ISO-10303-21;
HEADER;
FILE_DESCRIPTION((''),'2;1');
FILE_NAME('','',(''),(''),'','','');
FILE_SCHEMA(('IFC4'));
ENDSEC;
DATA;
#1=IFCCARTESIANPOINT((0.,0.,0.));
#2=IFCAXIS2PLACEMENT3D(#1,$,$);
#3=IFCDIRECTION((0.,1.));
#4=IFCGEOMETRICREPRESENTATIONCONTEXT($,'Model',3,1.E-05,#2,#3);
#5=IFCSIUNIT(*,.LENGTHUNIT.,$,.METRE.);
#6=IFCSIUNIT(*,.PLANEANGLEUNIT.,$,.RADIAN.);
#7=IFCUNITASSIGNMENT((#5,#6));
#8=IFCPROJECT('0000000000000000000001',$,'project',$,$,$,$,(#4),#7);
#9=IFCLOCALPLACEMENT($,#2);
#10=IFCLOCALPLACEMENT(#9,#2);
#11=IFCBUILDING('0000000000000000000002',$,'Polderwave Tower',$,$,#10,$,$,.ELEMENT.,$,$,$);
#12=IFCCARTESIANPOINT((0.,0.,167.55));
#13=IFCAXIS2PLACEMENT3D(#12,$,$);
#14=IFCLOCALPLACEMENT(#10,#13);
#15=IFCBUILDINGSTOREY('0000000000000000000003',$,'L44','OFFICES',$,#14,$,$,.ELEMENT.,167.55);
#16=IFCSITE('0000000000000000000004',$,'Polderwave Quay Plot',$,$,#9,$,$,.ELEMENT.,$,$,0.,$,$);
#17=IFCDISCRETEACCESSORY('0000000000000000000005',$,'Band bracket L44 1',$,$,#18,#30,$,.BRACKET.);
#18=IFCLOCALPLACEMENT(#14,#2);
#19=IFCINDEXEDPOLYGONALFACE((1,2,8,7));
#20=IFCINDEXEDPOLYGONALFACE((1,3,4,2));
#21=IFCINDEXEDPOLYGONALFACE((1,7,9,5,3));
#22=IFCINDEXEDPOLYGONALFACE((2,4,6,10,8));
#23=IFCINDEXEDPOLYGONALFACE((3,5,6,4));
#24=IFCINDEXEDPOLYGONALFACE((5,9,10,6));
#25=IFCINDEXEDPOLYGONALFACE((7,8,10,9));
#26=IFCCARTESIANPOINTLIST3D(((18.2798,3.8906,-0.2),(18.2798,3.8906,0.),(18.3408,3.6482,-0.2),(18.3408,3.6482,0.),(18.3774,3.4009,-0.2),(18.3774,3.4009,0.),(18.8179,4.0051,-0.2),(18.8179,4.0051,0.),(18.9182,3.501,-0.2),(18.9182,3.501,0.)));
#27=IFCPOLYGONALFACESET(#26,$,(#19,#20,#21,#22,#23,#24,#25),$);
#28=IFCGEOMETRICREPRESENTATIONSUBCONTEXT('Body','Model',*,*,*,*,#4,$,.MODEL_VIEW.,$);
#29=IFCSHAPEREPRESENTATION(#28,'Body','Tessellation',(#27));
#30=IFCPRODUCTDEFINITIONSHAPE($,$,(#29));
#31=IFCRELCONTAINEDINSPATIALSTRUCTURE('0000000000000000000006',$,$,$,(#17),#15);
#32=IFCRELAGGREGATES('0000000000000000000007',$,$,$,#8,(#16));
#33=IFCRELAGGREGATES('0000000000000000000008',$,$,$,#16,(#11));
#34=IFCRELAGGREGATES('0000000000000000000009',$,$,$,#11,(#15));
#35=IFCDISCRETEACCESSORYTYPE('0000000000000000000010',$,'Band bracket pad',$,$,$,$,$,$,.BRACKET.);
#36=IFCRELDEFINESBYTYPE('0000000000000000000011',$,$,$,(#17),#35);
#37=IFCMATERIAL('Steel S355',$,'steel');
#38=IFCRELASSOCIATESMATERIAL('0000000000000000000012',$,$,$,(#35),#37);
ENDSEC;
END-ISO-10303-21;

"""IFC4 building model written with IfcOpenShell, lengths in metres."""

from ifc_helpers import new_model, si_unit, direction, frame, origin, place, context, subcontext, project, spatial, polyline, outline, extrude, material, type_object, element, save


model = new_model("IFC4")

# Units and contexts
model_context = context("Model", 3, precision=1e-05, world=origin(), true_north=direction((0.0, 1.0)))
body_context = subcontext(model_context, "Body", "Model", "MODEL_VIEW")
ifc_project = project(units=[si_unit("LENGTHUNIT", "METRE"), si_unit("PLANEANGLEUNIT", "RADIAN")], contexts=[model_context])

# Site, building, storey
site_placement = place(None, origin())
site = spatial("IfcSite", under=ifc_project, at=site_placement, Name="Polderwave Quay Plot", CompositionType="ELEMENT", RefElevation=0.0)
building_placement = place(site_placement, origin())
building = spatial("IfcBuilding", under=site, at=building_placement, Name="Polderwave Tower", CompositionType="ELEMENT")
storey_placement = place(building_placement, frame((0.0, 0.0, 167.55)))
storey = spatial("IfcBuildingStorey", under=building, at=storey_placement, Name="L44", Description="OFFICES", CompositionType="ELEMENT", Elevation=167.55)

# Discrete accessory
ifc_material_1 = material(Name="Steel S355", Category="steel")
discrete_accessory_type = type_object("IfcDiscreteAccessoryType", Name="Band bracket pad", PredefinedType="BRACKET", material=ifc_material_1)
discrete_accessory_placement = place(storey_placement, frame((0.0, 0.0, -0.2)))
element("IfcDiscreteAccessory", 1, at=discrete_accessory_placement, inside=storey, type_object=discrete_accessory_type, Name="Band bracket L44 1", PredefinedType="BRACKET", context=body_context, shape_type="SweptSolid", body=[
    extrude(outline(polyline([(18.3774, 3.4009), (18.3408, 3.6482), (18.2798, 3.8906), (18.8179, 4.0051), (18.9182, 3.501), (18.3774, 3.4009)])), origin(), (0.0, 0.0, 1.0), 0.2),
])

save(model, "model.ifc")
